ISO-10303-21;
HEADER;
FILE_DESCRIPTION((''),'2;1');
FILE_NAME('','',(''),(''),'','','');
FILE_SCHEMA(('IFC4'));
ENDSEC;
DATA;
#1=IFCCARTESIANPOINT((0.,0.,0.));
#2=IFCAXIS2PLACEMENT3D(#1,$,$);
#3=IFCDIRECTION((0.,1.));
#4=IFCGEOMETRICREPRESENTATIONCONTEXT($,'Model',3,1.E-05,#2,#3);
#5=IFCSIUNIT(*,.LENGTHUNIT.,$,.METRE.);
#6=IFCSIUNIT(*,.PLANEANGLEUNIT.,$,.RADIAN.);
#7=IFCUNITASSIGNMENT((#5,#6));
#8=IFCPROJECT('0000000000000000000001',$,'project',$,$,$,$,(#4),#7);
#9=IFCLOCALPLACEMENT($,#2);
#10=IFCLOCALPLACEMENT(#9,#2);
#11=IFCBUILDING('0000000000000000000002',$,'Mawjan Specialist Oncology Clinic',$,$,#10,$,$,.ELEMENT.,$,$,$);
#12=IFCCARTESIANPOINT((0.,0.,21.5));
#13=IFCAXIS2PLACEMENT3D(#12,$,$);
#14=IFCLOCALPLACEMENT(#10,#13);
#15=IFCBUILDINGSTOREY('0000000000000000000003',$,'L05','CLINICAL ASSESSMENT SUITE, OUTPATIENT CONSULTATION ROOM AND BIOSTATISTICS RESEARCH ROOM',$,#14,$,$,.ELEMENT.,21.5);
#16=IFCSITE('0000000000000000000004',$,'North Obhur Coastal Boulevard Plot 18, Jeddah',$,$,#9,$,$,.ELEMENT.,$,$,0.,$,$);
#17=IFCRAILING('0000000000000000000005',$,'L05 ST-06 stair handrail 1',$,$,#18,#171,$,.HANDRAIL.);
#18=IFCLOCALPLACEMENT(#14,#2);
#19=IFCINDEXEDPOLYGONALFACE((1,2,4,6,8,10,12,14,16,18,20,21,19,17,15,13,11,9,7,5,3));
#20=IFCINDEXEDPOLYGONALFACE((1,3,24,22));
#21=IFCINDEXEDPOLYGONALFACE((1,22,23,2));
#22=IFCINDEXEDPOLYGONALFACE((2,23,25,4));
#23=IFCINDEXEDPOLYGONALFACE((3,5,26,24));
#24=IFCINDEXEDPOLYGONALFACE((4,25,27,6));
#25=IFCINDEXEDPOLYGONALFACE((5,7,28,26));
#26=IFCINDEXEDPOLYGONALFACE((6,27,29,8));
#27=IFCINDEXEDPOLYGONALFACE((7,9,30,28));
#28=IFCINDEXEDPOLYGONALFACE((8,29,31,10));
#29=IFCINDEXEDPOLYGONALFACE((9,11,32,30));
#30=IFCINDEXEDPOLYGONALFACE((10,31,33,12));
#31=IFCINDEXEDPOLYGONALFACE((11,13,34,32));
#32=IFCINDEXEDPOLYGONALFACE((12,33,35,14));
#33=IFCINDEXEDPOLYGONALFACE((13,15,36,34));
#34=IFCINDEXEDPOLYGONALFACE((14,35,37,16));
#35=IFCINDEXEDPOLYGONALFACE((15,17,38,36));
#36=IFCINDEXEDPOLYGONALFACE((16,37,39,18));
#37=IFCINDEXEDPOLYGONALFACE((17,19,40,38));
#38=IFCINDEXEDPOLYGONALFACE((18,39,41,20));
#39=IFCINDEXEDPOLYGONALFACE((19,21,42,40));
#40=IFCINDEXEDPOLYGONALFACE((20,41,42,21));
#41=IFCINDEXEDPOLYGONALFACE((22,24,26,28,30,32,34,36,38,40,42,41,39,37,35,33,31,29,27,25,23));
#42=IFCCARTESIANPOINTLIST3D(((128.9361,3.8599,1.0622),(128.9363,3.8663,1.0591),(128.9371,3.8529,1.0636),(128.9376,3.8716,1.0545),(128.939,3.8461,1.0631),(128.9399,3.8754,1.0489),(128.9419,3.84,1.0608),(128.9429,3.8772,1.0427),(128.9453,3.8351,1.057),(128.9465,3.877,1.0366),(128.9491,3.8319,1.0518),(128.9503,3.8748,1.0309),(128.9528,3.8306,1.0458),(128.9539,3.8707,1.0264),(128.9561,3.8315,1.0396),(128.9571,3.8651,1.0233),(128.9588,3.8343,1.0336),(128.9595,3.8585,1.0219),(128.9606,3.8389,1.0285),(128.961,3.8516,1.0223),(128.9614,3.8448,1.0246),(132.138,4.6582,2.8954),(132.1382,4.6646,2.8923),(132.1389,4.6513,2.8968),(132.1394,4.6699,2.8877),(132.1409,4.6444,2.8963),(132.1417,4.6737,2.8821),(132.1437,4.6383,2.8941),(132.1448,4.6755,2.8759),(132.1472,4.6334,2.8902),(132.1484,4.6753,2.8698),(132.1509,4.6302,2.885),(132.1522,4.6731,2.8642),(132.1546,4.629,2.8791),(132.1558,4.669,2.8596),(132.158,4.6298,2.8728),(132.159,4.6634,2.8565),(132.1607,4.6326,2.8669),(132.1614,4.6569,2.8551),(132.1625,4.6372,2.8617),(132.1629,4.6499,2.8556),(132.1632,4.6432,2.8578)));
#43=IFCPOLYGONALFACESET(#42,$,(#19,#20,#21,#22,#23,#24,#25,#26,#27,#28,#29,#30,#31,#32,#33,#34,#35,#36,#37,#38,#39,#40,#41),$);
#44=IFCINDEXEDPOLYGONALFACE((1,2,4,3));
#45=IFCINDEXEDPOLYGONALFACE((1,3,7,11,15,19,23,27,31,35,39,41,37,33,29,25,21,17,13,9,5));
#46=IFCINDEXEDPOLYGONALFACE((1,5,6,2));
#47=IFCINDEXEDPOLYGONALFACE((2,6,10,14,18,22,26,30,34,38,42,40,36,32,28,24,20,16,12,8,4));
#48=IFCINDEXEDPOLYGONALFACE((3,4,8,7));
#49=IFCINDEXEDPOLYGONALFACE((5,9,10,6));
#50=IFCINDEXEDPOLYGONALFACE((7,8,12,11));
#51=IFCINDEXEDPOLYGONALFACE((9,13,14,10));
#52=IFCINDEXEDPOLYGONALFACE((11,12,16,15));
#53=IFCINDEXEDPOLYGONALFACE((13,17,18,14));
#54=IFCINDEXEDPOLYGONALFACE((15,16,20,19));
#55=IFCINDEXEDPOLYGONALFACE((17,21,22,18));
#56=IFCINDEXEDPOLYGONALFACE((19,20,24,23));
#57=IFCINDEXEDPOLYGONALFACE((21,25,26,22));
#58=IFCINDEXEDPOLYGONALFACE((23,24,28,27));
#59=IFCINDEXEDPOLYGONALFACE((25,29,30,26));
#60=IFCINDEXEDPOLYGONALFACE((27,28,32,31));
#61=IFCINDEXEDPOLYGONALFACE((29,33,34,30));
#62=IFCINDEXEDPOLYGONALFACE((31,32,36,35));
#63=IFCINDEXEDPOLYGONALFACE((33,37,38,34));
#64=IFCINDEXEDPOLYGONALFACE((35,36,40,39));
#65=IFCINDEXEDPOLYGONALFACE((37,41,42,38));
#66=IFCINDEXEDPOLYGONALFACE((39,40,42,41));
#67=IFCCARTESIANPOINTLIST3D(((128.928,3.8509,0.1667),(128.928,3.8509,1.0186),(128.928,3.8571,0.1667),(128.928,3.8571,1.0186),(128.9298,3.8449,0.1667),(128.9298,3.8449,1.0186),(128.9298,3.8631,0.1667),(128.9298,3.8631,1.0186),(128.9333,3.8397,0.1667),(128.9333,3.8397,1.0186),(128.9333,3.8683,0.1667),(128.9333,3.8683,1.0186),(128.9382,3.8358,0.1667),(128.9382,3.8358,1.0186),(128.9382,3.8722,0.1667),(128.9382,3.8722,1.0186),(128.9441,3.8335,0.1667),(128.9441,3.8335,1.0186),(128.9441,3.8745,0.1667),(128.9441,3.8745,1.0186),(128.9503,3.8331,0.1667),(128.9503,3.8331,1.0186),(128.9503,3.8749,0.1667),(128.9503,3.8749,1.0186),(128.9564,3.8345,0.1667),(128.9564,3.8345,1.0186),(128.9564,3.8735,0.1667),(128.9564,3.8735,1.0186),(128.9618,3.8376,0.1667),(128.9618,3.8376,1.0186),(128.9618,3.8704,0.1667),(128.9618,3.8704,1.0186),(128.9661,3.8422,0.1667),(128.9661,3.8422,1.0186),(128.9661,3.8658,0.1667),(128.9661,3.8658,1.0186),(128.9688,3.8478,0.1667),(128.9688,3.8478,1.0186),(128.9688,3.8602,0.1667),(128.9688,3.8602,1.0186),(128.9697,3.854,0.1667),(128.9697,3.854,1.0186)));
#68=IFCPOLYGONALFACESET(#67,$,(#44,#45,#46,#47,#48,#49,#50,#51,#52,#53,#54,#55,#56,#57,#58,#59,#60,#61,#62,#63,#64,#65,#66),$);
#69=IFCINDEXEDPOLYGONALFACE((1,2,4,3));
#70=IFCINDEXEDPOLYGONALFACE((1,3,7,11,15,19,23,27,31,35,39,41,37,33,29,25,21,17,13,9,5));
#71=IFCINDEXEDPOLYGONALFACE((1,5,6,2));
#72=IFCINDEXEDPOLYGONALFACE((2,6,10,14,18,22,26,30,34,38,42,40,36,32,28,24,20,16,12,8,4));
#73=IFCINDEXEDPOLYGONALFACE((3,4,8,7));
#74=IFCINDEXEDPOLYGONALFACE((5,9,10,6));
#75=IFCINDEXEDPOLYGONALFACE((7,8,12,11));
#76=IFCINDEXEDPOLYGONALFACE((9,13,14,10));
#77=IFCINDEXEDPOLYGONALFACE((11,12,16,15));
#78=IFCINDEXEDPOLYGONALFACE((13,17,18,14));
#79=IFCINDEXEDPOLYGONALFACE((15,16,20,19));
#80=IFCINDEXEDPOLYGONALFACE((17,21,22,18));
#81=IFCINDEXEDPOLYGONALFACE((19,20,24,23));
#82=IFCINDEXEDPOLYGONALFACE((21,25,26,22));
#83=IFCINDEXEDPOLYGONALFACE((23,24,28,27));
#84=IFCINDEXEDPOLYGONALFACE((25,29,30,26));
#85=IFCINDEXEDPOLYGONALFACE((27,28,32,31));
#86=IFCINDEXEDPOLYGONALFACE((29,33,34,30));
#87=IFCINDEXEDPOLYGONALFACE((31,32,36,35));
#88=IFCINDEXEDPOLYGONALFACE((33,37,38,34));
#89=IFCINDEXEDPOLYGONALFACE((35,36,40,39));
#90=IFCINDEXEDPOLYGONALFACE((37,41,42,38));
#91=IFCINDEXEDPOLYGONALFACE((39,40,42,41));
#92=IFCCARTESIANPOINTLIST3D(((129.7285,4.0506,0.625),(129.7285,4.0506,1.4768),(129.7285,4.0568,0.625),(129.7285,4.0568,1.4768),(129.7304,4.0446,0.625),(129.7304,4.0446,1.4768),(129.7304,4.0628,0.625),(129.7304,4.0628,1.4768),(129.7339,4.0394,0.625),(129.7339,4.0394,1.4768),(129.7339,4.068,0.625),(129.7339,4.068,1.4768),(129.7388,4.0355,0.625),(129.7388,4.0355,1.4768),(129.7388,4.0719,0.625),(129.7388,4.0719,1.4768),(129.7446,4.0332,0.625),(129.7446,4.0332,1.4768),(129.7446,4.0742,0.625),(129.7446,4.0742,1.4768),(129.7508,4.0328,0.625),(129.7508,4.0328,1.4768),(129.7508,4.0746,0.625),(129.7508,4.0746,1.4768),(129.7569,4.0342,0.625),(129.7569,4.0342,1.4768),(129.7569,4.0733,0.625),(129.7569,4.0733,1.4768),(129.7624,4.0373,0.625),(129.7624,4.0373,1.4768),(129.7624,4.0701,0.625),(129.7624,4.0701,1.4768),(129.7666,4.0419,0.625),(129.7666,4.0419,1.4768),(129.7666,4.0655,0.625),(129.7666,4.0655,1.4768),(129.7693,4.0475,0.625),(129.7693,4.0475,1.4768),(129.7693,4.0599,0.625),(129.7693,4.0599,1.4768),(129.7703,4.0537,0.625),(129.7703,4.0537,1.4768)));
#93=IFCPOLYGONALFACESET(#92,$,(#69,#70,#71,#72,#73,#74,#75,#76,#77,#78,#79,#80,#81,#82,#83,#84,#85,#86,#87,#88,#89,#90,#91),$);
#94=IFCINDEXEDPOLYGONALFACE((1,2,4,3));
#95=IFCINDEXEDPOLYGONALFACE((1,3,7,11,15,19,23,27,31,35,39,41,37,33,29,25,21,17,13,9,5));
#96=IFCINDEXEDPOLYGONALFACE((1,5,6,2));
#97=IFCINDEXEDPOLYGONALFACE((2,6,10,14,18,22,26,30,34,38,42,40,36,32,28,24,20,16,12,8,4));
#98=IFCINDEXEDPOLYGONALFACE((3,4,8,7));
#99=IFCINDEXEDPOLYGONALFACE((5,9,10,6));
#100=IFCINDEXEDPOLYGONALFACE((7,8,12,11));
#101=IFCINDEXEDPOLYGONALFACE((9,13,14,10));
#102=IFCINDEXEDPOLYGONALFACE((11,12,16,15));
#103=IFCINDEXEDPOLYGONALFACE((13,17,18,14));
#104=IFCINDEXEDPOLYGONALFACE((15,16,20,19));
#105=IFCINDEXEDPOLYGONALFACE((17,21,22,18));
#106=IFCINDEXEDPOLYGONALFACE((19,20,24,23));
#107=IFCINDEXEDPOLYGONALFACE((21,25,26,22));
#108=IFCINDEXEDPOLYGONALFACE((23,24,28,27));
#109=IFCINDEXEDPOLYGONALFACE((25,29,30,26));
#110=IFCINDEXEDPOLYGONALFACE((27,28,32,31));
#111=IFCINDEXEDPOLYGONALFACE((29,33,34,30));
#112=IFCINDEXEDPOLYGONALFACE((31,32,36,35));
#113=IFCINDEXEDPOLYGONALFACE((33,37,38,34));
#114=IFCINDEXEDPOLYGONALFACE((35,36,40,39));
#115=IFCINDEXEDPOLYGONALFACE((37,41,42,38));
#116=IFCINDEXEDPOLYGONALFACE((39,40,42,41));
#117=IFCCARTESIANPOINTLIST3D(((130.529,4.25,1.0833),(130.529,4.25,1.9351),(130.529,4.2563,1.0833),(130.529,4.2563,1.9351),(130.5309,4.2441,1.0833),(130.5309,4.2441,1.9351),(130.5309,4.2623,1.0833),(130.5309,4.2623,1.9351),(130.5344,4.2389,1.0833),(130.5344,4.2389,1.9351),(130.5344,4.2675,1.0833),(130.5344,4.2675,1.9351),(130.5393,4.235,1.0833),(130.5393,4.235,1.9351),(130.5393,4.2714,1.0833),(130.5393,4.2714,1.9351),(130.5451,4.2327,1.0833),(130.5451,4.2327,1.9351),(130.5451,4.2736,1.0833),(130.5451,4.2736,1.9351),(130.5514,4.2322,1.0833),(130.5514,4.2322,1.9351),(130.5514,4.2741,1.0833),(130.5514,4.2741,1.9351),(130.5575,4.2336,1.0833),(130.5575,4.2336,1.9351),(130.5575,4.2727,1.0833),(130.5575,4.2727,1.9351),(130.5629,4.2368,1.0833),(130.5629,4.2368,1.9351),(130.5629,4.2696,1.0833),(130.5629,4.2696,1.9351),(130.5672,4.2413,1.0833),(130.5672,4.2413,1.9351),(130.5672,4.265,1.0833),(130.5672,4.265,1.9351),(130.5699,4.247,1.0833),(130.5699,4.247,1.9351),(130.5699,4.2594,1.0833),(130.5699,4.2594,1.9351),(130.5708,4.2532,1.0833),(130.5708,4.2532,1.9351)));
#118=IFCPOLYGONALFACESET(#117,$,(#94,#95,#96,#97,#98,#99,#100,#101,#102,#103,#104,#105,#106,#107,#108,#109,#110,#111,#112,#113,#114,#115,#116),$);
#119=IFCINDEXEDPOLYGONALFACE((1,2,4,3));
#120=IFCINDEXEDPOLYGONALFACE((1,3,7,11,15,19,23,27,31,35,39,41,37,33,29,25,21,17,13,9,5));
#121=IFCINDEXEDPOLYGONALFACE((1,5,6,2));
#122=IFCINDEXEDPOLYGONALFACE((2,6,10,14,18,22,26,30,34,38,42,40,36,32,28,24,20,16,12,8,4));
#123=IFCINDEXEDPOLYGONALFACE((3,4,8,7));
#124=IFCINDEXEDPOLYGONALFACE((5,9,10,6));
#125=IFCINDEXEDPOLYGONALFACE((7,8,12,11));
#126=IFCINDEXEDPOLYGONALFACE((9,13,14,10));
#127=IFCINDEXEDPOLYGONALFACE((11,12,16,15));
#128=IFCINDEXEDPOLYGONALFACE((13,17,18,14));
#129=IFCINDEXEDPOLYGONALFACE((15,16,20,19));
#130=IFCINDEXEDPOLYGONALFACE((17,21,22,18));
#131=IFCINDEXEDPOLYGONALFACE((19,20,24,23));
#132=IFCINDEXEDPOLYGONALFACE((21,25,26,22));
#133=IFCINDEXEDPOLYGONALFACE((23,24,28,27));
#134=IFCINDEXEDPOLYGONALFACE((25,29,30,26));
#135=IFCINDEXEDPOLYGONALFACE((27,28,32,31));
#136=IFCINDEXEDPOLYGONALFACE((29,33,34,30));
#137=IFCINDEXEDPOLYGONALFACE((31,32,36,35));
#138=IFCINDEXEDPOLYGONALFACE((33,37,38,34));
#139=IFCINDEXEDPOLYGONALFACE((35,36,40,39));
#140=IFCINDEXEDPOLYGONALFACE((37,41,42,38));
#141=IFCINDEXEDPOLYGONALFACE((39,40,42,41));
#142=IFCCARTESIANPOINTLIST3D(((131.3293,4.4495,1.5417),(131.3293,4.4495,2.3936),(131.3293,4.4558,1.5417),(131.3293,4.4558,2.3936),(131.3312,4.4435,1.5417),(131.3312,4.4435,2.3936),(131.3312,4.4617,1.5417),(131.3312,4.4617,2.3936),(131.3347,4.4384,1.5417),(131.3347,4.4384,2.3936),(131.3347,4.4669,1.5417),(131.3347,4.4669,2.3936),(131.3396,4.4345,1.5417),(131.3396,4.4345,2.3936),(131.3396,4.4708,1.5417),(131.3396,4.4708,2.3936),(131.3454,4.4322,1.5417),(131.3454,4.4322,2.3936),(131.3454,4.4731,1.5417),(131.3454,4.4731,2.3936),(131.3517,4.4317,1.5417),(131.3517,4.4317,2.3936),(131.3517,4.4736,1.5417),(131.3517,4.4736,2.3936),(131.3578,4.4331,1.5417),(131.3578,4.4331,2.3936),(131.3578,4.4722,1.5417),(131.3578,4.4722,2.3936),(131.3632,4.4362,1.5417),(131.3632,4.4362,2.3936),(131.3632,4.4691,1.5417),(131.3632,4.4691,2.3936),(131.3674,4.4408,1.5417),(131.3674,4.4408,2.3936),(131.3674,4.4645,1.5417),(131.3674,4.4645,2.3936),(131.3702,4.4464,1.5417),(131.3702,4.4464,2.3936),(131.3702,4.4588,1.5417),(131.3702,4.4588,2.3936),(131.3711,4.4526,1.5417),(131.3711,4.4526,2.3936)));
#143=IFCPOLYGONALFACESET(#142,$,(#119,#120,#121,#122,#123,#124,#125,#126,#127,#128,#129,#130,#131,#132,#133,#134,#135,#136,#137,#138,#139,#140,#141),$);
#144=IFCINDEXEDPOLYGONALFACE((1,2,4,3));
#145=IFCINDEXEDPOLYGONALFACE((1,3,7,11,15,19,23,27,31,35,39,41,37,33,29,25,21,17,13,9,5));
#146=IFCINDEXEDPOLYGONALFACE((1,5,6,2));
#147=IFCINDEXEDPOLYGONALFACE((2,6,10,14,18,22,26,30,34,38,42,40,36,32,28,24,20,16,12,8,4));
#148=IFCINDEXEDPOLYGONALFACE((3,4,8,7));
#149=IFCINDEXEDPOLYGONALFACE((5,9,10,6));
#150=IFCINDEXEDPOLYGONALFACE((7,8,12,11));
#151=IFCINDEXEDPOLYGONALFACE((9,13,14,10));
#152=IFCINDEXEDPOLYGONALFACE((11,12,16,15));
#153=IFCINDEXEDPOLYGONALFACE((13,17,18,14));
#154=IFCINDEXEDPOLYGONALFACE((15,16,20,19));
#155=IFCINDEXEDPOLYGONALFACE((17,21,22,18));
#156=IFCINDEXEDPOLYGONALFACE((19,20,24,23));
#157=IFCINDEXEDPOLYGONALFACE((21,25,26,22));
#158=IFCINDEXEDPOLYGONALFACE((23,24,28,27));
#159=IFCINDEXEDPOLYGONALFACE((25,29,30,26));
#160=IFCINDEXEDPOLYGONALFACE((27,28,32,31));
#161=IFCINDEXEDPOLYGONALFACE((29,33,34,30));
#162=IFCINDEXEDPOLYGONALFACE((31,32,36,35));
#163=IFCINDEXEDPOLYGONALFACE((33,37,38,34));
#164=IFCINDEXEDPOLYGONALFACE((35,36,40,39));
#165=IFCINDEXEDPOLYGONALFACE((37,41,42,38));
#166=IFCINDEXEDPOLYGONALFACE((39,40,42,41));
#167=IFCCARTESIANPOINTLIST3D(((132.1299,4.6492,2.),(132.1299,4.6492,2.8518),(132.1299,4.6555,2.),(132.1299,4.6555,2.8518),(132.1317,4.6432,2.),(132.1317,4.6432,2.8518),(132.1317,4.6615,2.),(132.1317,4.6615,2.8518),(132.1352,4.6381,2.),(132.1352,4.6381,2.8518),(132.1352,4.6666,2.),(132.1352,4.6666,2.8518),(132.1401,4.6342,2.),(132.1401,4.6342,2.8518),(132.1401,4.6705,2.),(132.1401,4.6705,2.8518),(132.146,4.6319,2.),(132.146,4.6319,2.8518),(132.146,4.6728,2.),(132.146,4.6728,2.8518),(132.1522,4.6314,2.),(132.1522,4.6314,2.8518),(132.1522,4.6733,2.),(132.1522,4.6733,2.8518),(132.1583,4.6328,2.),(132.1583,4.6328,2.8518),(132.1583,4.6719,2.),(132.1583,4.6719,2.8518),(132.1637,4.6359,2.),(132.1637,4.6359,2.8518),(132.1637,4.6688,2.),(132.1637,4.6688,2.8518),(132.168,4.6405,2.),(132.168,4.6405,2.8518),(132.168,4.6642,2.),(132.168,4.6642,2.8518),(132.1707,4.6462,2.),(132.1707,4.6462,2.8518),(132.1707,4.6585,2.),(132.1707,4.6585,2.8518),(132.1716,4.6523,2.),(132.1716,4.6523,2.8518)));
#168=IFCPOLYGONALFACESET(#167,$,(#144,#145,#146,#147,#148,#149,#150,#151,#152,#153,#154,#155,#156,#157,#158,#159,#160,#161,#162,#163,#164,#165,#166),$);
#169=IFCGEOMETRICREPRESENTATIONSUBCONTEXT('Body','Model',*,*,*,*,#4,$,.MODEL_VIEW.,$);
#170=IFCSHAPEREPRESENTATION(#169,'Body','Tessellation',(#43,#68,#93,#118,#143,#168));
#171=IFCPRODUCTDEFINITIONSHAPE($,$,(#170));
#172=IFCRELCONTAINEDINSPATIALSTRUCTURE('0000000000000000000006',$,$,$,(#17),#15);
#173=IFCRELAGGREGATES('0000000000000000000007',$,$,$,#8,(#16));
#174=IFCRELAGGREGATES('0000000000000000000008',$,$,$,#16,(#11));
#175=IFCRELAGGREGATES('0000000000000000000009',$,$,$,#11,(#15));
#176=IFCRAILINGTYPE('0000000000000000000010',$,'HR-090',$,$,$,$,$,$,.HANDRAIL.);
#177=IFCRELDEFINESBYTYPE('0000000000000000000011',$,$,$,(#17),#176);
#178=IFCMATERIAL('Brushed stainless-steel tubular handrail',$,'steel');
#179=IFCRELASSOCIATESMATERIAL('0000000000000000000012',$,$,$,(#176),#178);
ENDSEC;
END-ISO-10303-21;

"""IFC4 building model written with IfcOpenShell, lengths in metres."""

from ifc_helpers import new_model, si_unit, direction, frame, origin, origin_2d, place, context, subcontext, project, spatial, circle, extrude, material, type_object, element, save


model = new_model("IFC4")

# Units and contexts
model_context = context("Model", 3, precision=1e-05, world=origin(), true_north=direction((0.0, 1.0)))
body_context = subcontext(model_context, "Body", "Model", "MODEL_VIEW")
ifc_project = project(units=[si_unit("LENGTHUNIT", "METRE"), si_unit("PLANEANGLEUNIT", "RADIAN")], contexts=[model_context])

# Site, building, storey
site_placement = place(None, origin())
site = spatial("IfcSite", under=ifc_project, at=site_placement, Name="North Obhur Coastal Boulevard Plot 18, Jeddah", CompositionType="ELEMENT", RefElevation=0.0)
building_placement = place(site_placement, origin())
building = spatial("IfcBuilding", under=site, at=building_placement, Name="Mawjan Specialist Oncology Clinic", CompositionType="ELEMENT")
storey_placement = place(building_placement, frame((0.0, 0.0, 21.5)))
storey = spatial("IfcBuildingStorey", under=building, at=storey_placement, Name="L05", Description="CLINICAL ASSESSMENT SUITE, OUTPATIENT CONSULTATION ROOM AND BIOSTATISTICS RESEARCH ROOM", CompositionType="ELEMENT", Elevation=21.5)

# Railing
ifc_material_1 = material(Name="Brushed stainless-steel tubular handrail", Category="steel")
railing_type_1 = type_object("IfcRailingType", Name="HR-090", PredefinedType="HANDRAIL", material=ifc_material_1)
railing_1_placement = place(storey_placement, frame((128.9487, 3.854, 0.1667)))
element("IfcRailing", 1, at=railing_1_placement, inside=storey, type_object=railing_type_1, Name="L05 ST-06 stair handrail 1", PredefinedType="HANDRAIL", context=body_context, shape_type="SweptSolid", body=[
    extrude(circle(Radius=0.0239, at=origin_2d()), frame((0.0, 0.0, 0.876), z_axis=(0.848195, 0.211483, 0.485634), x_axis=(-0.241926, 0.970295, 0.0)), (0.0, 0.0, 1.0), 3.7749),
    extrude(circle(Radius=0.021, at=origin_2d()), origin(), (0.0, 0.0, 1.0), 0.8518),
    extrude(circle(Radius=0.021, at=origin_2d()), frame((0.8005, 0.1997, 0.4583)), (0.0, 0.0, 1.0), 0.8518),
    extrude(circle(Radius=0.021, at=origin_2d()), frame((1.6011, 0.3992, 0.9165)), (0.0, 0.0, 1.0), 0.8518),
    extrude(circle(Radius=0.021, at=origin_2d()), frame((2.4014, 0.5986, 1.375)), (0.0, 0.0, 1.0), 0.8518),
    extrude(circle(Radius=0.021, at=origin_2d()), frame((3.2019, 0.7983, 1.8333)), (0.0, 0.0, 1.0), 0.8518),
])

save(model, "model.ifc")
